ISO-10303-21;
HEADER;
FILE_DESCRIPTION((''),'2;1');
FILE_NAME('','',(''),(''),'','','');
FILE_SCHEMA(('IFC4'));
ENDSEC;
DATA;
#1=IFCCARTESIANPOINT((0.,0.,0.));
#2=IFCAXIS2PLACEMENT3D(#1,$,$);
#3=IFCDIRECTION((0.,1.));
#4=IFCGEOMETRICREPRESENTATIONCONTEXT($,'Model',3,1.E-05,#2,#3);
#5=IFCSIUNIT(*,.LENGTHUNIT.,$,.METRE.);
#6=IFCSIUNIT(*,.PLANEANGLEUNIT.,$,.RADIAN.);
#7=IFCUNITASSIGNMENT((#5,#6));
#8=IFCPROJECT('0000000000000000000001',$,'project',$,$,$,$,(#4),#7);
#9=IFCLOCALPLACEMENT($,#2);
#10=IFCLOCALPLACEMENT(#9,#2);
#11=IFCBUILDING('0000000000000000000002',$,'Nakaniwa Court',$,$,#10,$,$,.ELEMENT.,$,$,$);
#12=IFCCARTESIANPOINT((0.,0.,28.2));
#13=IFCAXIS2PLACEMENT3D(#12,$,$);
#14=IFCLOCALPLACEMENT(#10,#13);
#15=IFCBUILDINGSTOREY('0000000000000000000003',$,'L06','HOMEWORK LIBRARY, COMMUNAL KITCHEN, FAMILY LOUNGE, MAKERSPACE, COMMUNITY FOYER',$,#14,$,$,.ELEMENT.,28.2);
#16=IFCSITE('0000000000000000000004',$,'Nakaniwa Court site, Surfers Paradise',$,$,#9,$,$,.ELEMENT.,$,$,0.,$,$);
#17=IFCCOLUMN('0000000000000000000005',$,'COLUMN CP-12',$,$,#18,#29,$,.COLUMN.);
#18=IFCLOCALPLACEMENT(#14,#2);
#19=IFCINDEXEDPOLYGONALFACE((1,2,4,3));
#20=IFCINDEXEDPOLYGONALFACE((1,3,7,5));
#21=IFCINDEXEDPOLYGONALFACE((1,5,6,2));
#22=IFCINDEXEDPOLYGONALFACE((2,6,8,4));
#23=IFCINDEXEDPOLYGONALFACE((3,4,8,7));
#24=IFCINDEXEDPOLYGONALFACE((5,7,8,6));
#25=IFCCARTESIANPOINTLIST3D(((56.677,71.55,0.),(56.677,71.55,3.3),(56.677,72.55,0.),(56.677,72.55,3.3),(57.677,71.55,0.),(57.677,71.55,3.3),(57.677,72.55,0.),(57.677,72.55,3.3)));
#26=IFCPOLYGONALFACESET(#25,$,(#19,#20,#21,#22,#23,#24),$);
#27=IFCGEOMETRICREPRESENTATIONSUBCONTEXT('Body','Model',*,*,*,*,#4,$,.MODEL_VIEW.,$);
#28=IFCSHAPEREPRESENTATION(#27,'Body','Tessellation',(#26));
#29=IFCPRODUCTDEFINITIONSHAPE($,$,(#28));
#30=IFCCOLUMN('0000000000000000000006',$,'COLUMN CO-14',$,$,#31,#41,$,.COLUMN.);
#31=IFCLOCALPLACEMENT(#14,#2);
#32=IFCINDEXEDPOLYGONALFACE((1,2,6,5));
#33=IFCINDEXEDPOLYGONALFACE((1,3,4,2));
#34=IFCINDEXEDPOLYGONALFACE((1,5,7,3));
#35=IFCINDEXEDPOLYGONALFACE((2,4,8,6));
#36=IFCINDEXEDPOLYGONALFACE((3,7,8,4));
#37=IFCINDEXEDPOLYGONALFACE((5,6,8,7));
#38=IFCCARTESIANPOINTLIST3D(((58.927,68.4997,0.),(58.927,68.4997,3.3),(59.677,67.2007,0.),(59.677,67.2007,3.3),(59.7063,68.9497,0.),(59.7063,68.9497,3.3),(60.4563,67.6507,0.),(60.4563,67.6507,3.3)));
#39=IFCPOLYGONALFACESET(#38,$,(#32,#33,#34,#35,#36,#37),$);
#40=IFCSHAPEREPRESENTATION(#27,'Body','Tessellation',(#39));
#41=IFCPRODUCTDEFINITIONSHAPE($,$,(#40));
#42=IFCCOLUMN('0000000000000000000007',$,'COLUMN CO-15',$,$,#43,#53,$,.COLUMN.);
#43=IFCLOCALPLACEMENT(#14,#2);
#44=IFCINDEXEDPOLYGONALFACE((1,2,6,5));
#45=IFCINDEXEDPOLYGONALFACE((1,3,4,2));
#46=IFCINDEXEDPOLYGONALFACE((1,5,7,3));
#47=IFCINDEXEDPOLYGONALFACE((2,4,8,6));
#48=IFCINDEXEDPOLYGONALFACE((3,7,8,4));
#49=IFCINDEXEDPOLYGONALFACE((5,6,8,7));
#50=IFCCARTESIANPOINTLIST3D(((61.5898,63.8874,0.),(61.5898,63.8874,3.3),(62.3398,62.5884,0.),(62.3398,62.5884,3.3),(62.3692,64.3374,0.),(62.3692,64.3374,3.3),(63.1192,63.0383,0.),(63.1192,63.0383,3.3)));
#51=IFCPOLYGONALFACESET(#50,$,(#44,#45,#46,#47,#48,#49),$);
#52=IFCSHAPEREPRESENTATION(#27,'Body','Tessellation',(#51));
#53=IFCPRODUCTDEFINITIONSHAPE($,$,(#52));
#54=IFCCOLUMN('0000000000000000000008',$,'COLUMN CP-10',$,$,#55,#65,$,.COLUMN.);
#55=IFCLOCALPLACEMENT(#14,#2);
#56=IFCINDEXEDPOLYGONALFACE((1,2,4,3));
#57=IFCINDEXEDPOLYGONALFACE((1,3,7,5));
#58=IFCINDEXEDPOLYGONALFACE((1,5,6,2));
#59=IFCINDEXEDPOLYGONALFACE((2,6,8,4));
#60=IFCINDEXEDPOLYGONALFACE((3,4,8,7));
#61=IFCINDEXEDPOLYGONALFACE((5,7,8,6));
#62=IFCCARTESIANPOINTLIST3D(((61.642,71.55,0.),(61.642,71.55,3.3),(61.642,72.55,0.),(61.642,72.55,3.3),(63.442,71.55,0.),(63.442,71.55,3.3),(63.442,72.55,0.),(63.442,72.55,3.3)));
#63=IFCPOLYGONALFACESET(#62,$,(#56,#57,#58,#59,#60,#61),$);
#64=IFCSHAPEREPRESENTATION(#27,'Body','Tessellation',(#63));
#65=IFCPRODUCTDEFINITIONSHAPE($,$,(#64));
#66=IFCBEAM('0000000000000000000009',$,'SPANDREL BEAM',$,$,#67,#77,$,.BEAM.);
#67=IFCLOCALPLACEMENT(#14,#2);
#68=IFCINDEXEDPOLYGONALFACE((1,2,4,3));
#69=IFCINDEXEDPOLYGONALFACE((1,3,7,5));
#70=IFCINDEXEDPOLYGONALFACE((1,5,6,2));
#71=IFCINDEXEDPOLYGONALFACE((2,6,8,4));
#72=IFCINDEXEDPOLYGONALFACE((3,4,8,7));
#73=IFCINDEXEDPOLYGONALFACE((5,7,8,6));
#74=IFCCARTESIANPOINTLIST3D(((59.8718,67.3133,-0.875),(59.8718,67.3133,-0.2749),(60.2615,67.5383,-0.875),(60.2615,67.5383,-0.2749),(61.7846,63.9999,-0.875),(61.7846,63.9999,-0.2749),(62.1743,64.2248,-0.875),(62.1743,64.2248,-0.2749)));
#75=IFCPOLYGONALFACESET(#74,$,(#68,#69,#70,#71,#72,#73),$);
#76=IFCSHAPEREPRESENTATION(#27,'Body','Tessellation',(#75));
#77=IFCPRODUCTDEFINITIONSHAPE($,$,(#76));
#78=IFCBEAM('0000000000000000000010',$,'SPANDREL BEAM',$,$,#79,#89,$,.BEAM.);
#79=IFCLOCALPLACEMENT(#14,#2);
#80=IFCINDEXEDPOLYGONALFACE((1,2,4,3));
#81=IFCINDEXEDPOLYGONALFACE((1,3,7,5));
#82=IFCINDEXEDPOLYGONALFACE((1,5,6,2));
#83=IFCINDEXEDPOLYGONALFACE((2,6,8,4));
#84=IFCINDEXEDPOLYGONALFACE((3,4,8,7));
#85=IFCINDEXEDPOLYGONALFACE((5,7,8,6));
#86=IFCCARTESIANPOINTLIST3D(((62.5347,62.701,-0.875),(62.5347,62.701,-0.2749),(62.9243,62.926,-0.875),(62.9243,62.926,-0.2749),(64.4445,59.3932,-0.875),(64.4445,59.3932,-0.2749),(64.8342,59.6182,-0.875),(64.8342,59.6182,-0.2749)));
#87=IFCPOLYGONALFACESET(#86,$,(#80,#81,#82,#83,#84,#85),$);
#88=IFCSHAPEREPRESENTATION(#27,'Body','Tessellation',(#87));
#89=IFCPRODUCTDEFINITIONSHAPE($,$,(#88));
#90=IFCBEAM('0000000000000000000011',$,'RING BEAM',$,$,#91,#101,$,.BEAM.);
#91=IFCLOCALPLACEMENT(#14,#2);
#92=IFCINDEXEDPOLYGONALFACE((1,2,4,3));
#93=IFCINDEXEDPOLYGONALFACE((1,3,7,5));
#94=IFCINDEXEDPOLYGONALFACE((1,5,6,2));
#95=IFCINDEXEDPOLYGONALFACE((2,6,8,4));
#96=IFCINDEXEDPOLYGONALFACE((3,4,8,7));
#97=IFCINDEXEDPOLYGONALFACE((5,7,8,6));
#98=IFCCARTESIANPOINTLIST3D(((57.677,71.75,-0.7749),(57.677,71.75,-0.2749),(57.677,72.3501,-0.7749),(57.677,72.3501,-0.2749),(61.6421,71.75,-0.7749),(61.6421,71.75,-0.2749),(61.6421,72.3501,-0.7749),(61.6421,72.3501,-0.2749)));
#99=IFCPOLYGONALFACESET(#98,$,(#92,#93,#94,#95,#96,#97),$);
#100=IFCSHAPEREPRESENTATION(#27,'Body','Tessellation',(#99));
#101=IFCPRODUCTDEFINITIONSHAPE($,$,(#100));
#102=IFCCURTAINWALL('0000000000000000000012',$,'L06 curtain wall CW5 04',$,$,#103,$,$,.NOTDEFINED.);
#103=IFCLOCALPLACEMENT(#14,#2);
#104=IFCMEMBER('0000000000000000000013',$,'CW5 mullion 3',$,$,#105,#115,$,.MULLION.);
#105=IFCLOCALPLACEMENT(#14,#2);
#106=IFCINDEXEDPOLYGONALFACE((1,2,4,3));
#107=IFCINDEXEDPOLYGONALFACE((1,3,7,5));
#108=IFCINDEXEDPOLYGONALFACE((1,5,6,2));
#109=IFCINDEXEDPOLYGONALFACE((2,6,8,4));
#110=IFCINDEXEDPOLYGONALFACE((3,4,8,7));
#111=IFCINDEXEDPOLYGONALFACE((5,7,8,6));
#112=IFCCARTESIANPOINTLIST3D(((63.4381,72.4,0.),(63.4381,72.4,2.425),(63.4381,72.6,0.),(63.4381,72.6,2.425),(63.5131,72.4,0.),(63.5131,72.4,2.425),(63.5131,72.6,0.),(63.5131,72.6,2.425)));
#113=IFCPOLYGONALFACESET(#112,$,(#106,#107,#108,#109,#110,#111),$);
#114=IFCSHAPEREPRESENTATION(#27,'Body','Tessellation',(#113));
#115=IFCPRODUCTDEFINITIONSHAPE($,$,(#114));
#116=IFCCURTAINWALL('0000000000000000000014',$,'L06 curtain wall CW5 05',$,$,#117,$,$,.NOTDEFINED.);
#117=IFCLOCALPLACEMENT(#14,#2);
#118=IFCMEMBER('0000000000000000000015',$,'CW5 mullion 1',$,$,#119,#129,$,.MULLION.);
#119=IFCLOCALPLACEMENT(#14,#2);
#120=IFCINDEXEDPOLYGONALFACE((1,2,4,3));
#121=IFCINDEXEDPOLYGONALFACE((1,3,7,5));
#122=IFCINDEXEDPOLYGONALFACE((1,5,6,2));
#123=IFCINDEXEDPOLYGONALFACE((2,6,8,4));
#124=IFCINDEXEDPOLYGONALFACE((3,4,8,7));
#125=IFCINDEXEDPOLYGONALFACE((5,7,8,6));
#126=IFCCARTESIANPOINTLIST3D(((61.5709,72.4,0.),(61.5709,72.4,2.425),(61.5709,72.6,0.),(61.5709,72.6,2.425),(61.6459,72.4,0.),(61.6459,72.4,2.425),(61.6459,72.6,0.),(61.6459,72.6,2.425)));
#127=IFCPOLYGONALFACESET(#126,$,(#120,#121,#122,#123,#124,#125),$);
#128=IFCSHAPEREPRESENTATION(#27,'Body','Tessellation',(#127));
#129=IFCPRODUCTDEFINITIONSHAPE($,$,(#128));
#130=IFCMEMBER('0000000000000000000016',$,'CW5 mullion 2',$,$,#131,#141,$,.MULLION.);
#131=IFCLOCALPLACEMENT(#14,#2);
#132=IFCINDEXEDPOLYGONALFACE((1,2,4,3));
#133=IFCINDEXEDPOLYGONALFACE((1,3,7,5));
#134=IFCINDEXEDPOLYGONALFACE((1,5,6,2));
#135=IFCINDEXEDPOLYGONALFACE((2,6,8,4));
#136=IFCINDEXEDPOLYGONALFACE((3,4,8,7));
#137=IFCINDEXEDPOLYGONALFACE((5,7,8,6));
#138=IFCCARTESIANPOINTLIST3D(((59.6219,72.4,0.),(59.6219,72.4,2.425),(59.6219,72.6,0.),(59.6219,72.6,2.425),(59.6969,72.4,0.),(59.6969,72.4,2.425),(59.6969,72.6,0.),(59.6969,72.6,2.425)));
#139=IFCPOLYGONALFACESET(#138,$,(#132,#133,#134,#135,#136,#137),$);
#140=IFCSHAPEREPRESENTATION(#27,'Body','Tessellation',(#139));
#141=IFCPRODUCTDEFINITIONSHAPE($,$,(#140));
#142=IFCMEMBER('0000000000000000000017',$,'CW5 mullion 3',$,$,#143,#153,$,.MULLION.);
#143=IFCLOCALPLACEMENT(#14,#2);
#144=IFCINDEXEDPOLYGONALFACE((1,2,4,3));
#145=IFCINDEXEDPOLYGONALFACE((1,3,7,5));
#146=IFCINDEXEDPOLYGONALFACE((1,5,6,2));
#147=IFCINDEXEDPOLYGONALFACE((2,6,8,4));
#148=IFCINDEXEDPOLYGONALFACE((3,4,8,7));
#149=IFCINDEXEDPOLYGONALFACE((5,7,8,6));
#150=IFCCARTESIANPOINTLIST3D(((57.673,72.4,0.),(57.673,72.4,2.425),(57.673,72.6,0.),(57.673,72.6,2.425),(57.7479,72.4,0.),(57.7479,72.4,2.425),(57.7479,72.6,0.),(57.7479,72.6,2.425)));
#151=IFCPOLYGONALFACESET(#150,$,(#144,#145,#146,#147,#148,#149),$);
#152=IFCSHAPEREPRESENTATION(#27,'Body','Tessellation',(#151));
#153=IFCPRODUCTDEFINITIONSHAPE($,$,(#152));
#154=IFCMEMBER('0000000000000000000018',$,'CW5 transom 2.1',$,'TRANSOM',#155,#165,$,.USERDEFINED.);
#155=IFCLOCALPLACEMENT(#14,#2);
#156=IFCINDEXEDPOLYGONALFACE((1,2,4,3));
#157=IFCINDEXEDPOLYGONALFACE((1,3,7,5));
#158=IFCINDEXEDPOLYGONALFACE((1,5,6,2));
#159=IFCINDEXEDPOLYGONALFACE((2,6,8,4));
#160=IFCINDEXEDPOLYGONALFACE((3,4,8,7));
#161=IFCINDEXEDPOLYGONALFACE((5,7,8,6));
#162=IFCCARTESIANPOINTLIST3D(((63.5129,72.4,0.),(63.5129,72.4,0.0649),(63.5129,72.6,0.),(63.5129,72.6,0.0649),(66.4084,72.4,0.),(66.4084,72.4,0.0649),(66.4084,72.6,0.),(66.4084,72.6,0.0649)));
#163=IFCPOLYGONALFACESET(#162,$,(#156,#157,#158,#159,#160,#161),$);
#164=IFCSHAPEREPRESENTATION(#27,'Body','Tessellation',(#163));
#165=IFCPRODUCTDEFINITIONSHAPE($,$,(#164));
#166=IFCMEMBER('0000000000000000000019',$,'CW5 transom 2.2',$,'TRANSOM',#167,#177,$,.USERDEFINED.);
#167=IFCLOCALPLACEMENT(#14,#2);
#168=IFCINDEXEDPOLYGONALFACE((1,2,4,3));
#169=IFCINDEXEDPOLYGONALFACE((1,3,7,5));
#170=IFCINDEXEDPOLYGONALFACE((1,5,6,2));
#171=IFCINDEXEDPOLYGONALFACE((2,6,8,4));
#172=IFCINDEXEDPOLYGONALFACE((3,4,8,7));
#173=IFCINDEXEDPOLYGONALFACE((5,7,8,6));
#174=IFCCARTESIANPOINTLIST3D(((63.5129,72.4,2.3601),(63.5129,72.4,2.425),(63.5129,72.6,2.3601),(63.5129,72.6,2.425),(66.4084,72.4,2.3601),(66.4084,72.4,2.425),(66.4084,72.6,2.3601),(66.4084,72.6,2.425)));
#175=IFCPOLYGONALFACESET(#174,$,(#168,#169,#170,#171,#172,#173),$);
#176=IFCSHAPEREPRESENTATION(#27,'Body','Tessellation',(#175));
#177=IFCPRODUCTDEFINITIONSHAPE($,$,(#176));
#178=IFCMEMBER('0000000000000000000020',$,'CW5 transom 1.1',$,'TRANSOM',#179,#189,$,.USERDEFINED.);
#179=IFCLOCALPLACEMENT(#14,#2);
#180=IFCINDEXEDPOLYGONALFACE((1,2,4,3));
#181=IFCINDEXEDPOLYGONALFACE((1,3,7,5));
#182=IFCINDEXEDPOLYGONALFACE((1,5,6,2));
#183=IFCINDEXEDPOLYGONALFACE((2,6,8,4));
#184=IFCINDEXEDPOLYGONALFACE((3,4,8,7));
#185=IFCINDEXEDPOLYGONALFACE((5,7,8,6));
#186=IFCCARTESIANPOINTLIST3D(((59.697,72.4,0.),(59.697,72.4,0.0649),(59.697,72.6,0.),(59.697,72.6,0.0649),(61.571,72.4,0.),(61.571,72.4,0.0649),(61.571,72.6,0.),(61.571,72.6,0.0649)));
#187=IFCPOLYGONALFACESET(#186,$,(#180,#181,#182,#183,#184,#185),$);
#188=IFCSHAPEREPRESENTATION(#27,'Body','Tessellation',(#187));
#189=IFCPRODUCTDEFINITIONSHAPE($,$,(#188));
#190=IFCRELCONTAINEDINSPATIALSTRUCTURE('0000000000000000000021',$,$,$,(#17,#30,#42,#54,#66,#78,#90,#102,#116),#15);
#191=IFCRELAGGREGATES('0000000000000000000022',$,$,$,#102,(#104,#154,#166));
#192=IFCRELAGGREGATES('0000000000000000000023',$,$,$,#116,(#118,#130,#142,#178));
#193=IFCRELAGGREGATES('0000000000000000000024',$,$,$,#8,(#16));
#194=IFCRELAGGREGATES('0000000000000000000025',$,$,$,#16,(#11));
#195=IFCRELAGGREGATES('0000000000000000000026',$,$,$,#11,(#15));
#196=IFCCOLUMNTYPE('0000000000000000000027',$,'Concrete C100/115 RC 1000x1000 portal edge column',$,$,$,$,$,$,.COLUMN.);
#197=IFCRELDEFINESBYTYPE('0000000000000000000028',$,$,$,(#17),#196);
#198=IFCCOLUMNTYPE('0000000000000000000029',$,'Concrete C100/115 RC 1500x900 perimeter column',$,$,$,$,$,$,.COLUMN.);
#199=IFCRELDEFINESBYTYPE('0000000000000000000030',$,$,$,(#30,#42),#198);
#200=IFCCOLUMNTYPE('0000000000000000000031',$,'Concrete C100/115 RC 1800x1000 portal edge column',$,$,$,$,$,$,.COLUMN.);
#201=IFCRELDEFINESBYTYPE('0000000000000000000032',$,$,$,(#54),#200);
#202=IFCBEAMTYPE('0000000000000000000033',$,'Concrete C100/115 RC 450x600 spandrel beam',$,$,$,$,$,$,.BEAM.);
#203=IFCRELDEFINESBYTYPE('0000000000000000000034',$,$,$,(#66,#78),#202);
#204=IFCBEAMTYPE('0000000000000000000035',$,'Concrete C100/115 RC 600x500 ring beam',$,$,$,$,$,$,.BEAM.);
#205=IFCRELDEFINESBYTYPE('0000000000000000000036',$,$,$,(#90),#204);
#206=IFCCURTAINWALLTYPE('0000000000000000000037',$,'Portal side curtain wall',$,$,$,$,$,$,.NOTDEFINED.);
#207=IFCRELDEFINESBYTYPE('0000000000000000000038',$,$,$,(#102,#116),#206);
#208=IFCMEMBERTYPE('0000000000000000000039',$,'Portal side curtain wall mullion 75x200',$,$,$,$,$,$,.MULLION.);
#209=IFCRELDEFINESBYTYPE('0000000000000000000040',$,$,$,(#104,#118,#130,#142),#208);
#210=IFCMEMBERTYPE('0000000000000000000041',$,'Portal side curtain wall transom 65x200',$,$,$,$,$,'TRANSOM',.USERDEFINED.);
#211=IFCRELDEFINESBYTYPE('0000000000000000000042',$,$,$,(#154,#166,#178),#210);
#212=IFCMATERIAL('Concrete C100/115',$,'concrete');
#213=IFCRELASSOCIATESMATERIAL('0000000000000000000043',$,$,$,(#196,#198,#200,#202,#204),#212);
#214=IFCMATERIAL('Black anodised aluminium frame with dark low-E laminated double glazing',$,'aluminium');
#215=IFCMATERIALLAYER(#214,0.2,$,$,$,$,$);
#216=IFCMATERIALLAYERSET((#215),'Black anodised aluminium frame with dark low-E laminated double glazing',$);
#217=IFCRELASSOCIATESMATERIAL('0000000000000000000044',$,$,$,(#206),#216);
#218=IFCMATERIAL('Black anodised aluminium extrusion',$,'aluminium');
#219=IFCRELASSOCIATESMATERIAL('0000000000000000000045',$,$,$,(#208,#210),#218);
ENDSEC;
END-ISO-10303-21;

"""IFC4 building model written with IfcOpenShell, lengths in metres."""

from ifc_helpers import new_model, si_unit, direction, frame, origin, origin_2d, place, context, subcontext, project, spatial, rectangle, extrude, material, layer, layer_set, material_profile, profile_set, type_object, element, aggregate, save


model = new_model("IFC4")

# Units and contexts
model_context = context("Model", 3, precision=1e-05, world=origin(), true_north=direction((0.0, 1.0)))
body_context = subcontext(model_context, "Body", "Model", "MODEL_VIEW")
ifc_project = project(units=[si_unit("LENGTHUNIT", "METRE"), si_unit("PLANEANGLEUNIT", "RADIAN")], contexts=[model_context])

# Site, building, storey
site_placement = place(None, origin())
site = spatial("IfcSite", under=ifc_project, at=site_placement, Name="Nakaniwa Court site, Surfers Paradise", CompositionType="ELEMENT", RefElevation=0.0)
building_placement = place(site_placement, origin())
building = spatial("IfcBuilding", under=site, at=building_placement, Name="Nakaniwa Court", CompositionType="ELEMENT")
storey_placement = place(building_placement, frame((0.0, 0.0, 28.2)))
storey = spatial("IfcBuildingStorey", under=building, at=storey_placement, Name="L06", Description="HOMEWORK LIBRARY, COMMUNAL KITCHEN, FAMILY LOUNGE, MAKERSPACE, COMMUNITY FOYER", CompositionType="ELEMENT", Elevation=28.2)

# Columns
ifc_material_1 = material(Name="Concrete C100/115", Category="concrete")
ifc_material_profile_1 = material_profile(ifc_material_1, rectangle(XDim=1.0, YDim=1.0, at=origin_2d()), Name="Concrete C100/115 RC 1000x1000 portal edge column")
ifc_profile_set_1 = profile_set([ifc_material_profile_1], Name="Concrete C100/115")
column_type_1 = type_object("IfcColumnType", Name="Concrete C100/115 RC 1000x1000 portal edge column", PredefinedType="COLUMN", material=ifc_profile_set_1)
column_1_placement = place(storey_placement, frame((57.177, 72.05, 0.0), z_axis=(0.0, 0.0, 1.0), x_axis=(1.0, 0.0, 0.0)))
element("IfcColumn", 1, at=column_1_placement, inside=storey, type_object=column_type_1, Name="COLUMN CP-12", PredefinedType="COLUMN", context=body_context, shape_type="SweptSolid", body=[
    extrude(rectangle(XDim=1.0, YDim=1.0, at=origin_2d()), origin(), (0.0, 0.0, 1.0), 3.3),
])
ifc_material_profile_2 = material_profile(ifc_material_1, rectangle(XDim=1.5, YDim=0.8999, at=origin_2d()), Name="Concrete C100/115 RC 1500x900 perimeter column")
ifc_profile_set_2 = profile_set([ifc_material_profile_2], Name="Concrete C100/115")
column_type_2 = type_object("IfcColumnType", Name="Concrete C100/115 RC 1500x900 perimeter column", PredefinedType="COLUMN", material=ifc_profile_set_2)
for number, where, z_axis, x_axis, name in (
    (2, (59.6917, 68.0752, 0.0), (0.0, 0.0, 1.0), (0.5, -0.866025, 0.0), "COLUMN CO-14"),
    (3, (62.3545, 63.4629, 0.0), (0.0, 0.0, 1.0), (0.5, -0.866025, 0.0), "COLUMN CO-15"),
):
    element("IfcColumn", number, at=place(storey_placement, frame(where, z_axis=z_axis, x_axis=x_axis)), inside=storey, type_object=column_type_2, Name=name, PredefinedType="COLUMN", context=body_context, shape_type="SweptSolid", body=[
        extrude(rectangle(XDim=1.5, YDim=0.8999, at=origin_2d()), origin(), (0.0, 0.0, 1.0), 3.3),
    ])
ifc_material_profile_3 = material_profile(ifc_material_1, rectangle(XDim=1.8, YDim=1.0, at=origin_2d()), Name="Concrete C100/115 RC 1800x1000 portal edge column")
ifc_profile_set_3 = profile_set([ifc_material_profile_3], Name="Concrete C100/115")
column_type_3 = type_object("IfcColumnType", Name="Concrete C100/115 RC 1800x1000 portal edge column", PredefinedType="COLUMN", material=ifc_profile_set_3)
column_2_placement = place(storey_placement, frame((62.542, 72.05, 0.0), z_axis=(0.0, 0.0, 1.0), x_axis=(1.0, 0.0, 0.0)))
element("IfcColumn", 4, at=column_2_placement, inside=storey, type_object=column_type_3, Name="COLUMN CP-10", PredefinedType="COLUMN", context=body_context, shape_type="SweptSolid", body=[
    extrude(rectangle(XDim=1.8, YDim=1.0, at=origin_2d()), origin(), (0.0, 0.0, 1.0), 3.3),
])

# Beams
ifc_material_profile_4 = material_profile(ifc_material_1, rectangle(XDim=0.45, YDim=0.6001, at=origin_2d()), Name="Concrete C100/115 RC 450x600 spandrel beam")
ifc_profile_set_4 = profile_set([ifc_material_profile_4], Name="Concrete C100/115")
beam_type_1 = type_object("IfcBeamType", Name="Concrete C100/115 RC 450x600 spandrel beam", PredefinedType="BEAM", material=ifc_profile_set_4)
beam_1_placement = place(storey_placement, frame((60.0667, 67.4258, -0.575), z_axis=(0.499962, -0.866047, 0.0), x_axis=(0.866047, 0.499962, 0.0)))
element("IfcBeam", 5, at=beam_1_placement, inside=storey, type_object=beam_type_1, Name="SPANDREL BEAM", PredefinedType="BEAM", context=body_context, shape_type="SweptSolid", body=[
    extrude(rectangle(XDim=0.45, YDim=0.6001, at=origin_2d()), origin(), (0.0, 0.0, 1.0), 3.8259),
])
beam_2_placement = place(storey_placement, frame((62.7295, 62.8135, -0.575), z_axis=(0.500023, -0.866012, 0.0), x_axis=(0.866012, 0.500023, 0.0)))
element("IfcBeam", 6, at=beam_2_placement, inside=storey, type_object=beam_type_1, Name="SPANDREL BEAM", PredefinedType="BEAM", context=body_context, shape_type="SweptSolid", body=[
    extrude(rectangle(XDim=0.45, YDim=0.6001, at=origin_2d()), origin(), (0.0, 0.0, 1.0), 3.8196),
])
ifc_material_profile_5 = material_profile(ifc_material_1, rectangle(XDim=0.6001, YDim=0.5, at=origin_2d()), Name="Concrete C100/115 RC 600x500 ring beam")
ifc_profile_set_5 = profile_set([ifc_material_profile_5], Name="Concrete C100/115")
beam_type_2 = type_object("IfcBeamType", Name="Concrete C100/115 RC 600x500 ring beam", PredefinedType="BEAM", material=ifc_profile_set_5)
beam_3_placement = place(storey_placement, frame((57.677, 72.05, -0.5249), z_axis=(1.0, 0.0, 0.0), x_axis=(0.0, 1.0, 0.0)))
element("IfcBeam", 7, at=beam_3_placement, inside=storey, type_object=beam_type_2, Name="RING BEAM", PredefinedType="BEAM", context=body_context, shape_type="SweptSolid", body=[
    extrude(rectangle(XDim=0.6001, YDim=0.5, at=origin_2d()), origin(), (0.0, 0.0, 1.0), 3.9651),
])

# Curtain wall, member
ifc_material_2 = material(Name="Black anodised aluminium frame with dark low-E laminated double glazing", Category="aluminium")
ifc_layer_1 = layer(ifc_material_2, 0.2)
ifc_layer_set_1 = layer_set([ifc_layer_1], Name="Black anodised aluminium frame with dark low-E laminated double glazing")
curtain_wall_type = type_object("IfcCurtainWallType", Name="Portal side curtain wall", PredefinedType="NOTDEFINED", material=ifc_layer_set_1)
curtain_wall_1_placement = place(storey_placement, origin())
curtain_wall_1 = element("IfcCurtainWall", 8, at=curtain_wall_1_placement, inside=storey, type_object=curtain_wall_type, Name="L06 curtain wall CW5 04", PredefinedType="NOTDEFINED")
ifc_material_3 = material(Name="Black anodised aluminium extrusion", Category="aluminium")
ifc_material_profile_6 = material_profile(ifc_material_3, rectangle(XDim=0.2, YDim=0.075, at=origin_2d()), Name="Portal side curtain wall mullion 75x200")
ifc_profile_set_6 = profile_set([ifc_material_profile_6], Name="Black anodised aluminium extrusion")
member_type_1 = type_object("IfcMemberType", Name="Portal side curtain wall mullion 75x200", PredefinedType="MULLION", material=ifc_profile_set_6)
member_1_placement = place(storey_placement, frame((63.4756, 72.5, 0.0), z_axis=(0.0, 0.0, 1.0), x_axis=(0.0, -1.0, 0.0)))
member_1 = element("IfcMember", 9, at=member_1_placement, type_object=member_type_1, Name="CW5 mullion 3", PredefinedType="MULLION", context=body_context, shape_type="SweptSolid", body=[
    extrude(rectangle(XDim=0.2, YDim=0.075, at=origin_2d()), origin(), (0.0, 0.0, 1.0), 2.425),
])

# Curtain wall, members
curtain_wall_2_placement = place(storey_placement, origin())
curtain_wall_2 = element("IfcCurtainWall", 10, at=curtain_wall_2_placement, inside=storey, type_object=curtain_wall_type, Name="L06 curtain wall CW5 05", PredefinedType="NOTDEFINED")
member_2_placement = place(storey_placement, frame((61.6084, 72.5, 0.0), z_axis=(0.0, 0.0, 1.0), x_axis=(0.0, -1.0, 0.0)))
member_2 = element("IfcMember", 11, at=member_2_placement, type_object=member_type_1, Name="CW5 mullion 1", PredefinedType="MULLION", context=body_context, shape_type="SweptSolid", body=[
    extrude(rectangle(XDim=0.2, YDim=0.075, at=origin_2d()), origin(), (0.0, 0.0, 1.0), 2.425),
])
member_3_placement = place(storey_placement, frame((59.6594, 72.5, 0.0), z_axis=(0.0, 0.0, 1.0), x_axis=(0.0, -1.0, 0.0)))
member_3 = element("IfcMember", 12, at=member_3_placement, type_object=member_type_1, Name="CW5 mullion 2", PredefinedType="MULLION", context=body_context, shape_type="SweptSolid", body=[
    extrude(rectangle(XDim=0.2, YDim=0.075, at=origin_2d()), origin(), (0.0, 0.0, 1.0), 2.425),
])
member_4_placement = place(storey_placement, frame((57.7104, 72.5, 0.0), z_axis=(0.0, 0.0, 1.0), x_axis=(0.0, -1.0, 0.0)))
member_4 = element("IfcMember", 13, at=member_4_placement, type_object=member_type_1, Name="CW5 mullion 3", PredefinedType="MULLION", context=body_context, shape_type="SweptSolid", body=[
    extrude(rectangle(XDim=0.2, YDim=0.075, at=origin_2d()), origin(), (0.0, 0.0, 1.0), 2.425),
])

# Members
ifc_material_profile_7 = material_profile(ifc_material_3, rectangle(XDim=0.2, YDim=0.0649, at=origin_2d()), Name="Portal side curtain wall transom 65x200")
ifc_profile_set_7 = profile_set([ifc_material_profile_7], Name="Black anodised aluminium extrusion")
member_type_2 = type_object("IfcMemberType", Name="Portal side curtain wall transom 65x200", ElementType="TRANSOM", PredefinedType="USERDEFINED", material=ifc_profile_set_7)
member_5_placement = place(storey_placement, frame((66.4084, 72.5, 0.0325), z_axis=(-1.0, 0.0, 0.0), x_axis=(0.0, -1.0, 0.0)))
member_5 = element("IfcMember", 14, at=member_5_placement, type_object=member_type_2, Name="CW5 transom 2.1", ObjectType="TRANSOM", PredefinedType="USERDEFINED", context=body_context, shape_type="SweptSolid", body=[
    extrude(rectangle(XDim=0.2, YDim=0.0649, at=origin_2d()), origin(), (0.0, 0.0, 1.0), 2.8955),
])
member_6_placement = place(storey_placement, frame((66.4084, 72.5, 2.3926), z_axis=(-1.0, 0.0, 0.0), x_axis=(0.0, -1.0, 0.0)))
member_6 = element("IfcMember", 15, at=member_6_placement, type_object=member_type_2, Name="CW5 transom 2.2", ObjectType="TRANSOM", PredefinedType="USERDEFINED", context=body_context, shape_type="SweptSolid", body=[
    extrude(rectangle(XDim=0.2, YDim=0.0649, at=origin_2d()), origin(), (0.0, 0.0, 1.0), 2.8955),
])
member_7_placement = place(storey_placement, frame((61.571, 72.5, 0.0325), z_axis=(-1.0, 0.0, 0.0), x_axis=(0.0, -1.0, 0.0)))
member_7 = element("IfcMember", 16, at=member_7_placement, type_object=member_type_2, Name="CW5 transom 1.1", ObjectType="TRANSOM", PredefinedType="USERDEFINED", context=body_context, shape_type="SweptSolid", body=[
    extrude(rectangle(XDim=0.2, YDim=0.0649, at=origin_2d()), origin(), (0.0, 0.0, 1.0), 1.874),
])

aggregate(curtain_wall_1, [member_1, member_5, member_6])
aggregate(curtain_wall_2, [member_2, member_3, member_4, member_7])

save(model, "model.ifc")
